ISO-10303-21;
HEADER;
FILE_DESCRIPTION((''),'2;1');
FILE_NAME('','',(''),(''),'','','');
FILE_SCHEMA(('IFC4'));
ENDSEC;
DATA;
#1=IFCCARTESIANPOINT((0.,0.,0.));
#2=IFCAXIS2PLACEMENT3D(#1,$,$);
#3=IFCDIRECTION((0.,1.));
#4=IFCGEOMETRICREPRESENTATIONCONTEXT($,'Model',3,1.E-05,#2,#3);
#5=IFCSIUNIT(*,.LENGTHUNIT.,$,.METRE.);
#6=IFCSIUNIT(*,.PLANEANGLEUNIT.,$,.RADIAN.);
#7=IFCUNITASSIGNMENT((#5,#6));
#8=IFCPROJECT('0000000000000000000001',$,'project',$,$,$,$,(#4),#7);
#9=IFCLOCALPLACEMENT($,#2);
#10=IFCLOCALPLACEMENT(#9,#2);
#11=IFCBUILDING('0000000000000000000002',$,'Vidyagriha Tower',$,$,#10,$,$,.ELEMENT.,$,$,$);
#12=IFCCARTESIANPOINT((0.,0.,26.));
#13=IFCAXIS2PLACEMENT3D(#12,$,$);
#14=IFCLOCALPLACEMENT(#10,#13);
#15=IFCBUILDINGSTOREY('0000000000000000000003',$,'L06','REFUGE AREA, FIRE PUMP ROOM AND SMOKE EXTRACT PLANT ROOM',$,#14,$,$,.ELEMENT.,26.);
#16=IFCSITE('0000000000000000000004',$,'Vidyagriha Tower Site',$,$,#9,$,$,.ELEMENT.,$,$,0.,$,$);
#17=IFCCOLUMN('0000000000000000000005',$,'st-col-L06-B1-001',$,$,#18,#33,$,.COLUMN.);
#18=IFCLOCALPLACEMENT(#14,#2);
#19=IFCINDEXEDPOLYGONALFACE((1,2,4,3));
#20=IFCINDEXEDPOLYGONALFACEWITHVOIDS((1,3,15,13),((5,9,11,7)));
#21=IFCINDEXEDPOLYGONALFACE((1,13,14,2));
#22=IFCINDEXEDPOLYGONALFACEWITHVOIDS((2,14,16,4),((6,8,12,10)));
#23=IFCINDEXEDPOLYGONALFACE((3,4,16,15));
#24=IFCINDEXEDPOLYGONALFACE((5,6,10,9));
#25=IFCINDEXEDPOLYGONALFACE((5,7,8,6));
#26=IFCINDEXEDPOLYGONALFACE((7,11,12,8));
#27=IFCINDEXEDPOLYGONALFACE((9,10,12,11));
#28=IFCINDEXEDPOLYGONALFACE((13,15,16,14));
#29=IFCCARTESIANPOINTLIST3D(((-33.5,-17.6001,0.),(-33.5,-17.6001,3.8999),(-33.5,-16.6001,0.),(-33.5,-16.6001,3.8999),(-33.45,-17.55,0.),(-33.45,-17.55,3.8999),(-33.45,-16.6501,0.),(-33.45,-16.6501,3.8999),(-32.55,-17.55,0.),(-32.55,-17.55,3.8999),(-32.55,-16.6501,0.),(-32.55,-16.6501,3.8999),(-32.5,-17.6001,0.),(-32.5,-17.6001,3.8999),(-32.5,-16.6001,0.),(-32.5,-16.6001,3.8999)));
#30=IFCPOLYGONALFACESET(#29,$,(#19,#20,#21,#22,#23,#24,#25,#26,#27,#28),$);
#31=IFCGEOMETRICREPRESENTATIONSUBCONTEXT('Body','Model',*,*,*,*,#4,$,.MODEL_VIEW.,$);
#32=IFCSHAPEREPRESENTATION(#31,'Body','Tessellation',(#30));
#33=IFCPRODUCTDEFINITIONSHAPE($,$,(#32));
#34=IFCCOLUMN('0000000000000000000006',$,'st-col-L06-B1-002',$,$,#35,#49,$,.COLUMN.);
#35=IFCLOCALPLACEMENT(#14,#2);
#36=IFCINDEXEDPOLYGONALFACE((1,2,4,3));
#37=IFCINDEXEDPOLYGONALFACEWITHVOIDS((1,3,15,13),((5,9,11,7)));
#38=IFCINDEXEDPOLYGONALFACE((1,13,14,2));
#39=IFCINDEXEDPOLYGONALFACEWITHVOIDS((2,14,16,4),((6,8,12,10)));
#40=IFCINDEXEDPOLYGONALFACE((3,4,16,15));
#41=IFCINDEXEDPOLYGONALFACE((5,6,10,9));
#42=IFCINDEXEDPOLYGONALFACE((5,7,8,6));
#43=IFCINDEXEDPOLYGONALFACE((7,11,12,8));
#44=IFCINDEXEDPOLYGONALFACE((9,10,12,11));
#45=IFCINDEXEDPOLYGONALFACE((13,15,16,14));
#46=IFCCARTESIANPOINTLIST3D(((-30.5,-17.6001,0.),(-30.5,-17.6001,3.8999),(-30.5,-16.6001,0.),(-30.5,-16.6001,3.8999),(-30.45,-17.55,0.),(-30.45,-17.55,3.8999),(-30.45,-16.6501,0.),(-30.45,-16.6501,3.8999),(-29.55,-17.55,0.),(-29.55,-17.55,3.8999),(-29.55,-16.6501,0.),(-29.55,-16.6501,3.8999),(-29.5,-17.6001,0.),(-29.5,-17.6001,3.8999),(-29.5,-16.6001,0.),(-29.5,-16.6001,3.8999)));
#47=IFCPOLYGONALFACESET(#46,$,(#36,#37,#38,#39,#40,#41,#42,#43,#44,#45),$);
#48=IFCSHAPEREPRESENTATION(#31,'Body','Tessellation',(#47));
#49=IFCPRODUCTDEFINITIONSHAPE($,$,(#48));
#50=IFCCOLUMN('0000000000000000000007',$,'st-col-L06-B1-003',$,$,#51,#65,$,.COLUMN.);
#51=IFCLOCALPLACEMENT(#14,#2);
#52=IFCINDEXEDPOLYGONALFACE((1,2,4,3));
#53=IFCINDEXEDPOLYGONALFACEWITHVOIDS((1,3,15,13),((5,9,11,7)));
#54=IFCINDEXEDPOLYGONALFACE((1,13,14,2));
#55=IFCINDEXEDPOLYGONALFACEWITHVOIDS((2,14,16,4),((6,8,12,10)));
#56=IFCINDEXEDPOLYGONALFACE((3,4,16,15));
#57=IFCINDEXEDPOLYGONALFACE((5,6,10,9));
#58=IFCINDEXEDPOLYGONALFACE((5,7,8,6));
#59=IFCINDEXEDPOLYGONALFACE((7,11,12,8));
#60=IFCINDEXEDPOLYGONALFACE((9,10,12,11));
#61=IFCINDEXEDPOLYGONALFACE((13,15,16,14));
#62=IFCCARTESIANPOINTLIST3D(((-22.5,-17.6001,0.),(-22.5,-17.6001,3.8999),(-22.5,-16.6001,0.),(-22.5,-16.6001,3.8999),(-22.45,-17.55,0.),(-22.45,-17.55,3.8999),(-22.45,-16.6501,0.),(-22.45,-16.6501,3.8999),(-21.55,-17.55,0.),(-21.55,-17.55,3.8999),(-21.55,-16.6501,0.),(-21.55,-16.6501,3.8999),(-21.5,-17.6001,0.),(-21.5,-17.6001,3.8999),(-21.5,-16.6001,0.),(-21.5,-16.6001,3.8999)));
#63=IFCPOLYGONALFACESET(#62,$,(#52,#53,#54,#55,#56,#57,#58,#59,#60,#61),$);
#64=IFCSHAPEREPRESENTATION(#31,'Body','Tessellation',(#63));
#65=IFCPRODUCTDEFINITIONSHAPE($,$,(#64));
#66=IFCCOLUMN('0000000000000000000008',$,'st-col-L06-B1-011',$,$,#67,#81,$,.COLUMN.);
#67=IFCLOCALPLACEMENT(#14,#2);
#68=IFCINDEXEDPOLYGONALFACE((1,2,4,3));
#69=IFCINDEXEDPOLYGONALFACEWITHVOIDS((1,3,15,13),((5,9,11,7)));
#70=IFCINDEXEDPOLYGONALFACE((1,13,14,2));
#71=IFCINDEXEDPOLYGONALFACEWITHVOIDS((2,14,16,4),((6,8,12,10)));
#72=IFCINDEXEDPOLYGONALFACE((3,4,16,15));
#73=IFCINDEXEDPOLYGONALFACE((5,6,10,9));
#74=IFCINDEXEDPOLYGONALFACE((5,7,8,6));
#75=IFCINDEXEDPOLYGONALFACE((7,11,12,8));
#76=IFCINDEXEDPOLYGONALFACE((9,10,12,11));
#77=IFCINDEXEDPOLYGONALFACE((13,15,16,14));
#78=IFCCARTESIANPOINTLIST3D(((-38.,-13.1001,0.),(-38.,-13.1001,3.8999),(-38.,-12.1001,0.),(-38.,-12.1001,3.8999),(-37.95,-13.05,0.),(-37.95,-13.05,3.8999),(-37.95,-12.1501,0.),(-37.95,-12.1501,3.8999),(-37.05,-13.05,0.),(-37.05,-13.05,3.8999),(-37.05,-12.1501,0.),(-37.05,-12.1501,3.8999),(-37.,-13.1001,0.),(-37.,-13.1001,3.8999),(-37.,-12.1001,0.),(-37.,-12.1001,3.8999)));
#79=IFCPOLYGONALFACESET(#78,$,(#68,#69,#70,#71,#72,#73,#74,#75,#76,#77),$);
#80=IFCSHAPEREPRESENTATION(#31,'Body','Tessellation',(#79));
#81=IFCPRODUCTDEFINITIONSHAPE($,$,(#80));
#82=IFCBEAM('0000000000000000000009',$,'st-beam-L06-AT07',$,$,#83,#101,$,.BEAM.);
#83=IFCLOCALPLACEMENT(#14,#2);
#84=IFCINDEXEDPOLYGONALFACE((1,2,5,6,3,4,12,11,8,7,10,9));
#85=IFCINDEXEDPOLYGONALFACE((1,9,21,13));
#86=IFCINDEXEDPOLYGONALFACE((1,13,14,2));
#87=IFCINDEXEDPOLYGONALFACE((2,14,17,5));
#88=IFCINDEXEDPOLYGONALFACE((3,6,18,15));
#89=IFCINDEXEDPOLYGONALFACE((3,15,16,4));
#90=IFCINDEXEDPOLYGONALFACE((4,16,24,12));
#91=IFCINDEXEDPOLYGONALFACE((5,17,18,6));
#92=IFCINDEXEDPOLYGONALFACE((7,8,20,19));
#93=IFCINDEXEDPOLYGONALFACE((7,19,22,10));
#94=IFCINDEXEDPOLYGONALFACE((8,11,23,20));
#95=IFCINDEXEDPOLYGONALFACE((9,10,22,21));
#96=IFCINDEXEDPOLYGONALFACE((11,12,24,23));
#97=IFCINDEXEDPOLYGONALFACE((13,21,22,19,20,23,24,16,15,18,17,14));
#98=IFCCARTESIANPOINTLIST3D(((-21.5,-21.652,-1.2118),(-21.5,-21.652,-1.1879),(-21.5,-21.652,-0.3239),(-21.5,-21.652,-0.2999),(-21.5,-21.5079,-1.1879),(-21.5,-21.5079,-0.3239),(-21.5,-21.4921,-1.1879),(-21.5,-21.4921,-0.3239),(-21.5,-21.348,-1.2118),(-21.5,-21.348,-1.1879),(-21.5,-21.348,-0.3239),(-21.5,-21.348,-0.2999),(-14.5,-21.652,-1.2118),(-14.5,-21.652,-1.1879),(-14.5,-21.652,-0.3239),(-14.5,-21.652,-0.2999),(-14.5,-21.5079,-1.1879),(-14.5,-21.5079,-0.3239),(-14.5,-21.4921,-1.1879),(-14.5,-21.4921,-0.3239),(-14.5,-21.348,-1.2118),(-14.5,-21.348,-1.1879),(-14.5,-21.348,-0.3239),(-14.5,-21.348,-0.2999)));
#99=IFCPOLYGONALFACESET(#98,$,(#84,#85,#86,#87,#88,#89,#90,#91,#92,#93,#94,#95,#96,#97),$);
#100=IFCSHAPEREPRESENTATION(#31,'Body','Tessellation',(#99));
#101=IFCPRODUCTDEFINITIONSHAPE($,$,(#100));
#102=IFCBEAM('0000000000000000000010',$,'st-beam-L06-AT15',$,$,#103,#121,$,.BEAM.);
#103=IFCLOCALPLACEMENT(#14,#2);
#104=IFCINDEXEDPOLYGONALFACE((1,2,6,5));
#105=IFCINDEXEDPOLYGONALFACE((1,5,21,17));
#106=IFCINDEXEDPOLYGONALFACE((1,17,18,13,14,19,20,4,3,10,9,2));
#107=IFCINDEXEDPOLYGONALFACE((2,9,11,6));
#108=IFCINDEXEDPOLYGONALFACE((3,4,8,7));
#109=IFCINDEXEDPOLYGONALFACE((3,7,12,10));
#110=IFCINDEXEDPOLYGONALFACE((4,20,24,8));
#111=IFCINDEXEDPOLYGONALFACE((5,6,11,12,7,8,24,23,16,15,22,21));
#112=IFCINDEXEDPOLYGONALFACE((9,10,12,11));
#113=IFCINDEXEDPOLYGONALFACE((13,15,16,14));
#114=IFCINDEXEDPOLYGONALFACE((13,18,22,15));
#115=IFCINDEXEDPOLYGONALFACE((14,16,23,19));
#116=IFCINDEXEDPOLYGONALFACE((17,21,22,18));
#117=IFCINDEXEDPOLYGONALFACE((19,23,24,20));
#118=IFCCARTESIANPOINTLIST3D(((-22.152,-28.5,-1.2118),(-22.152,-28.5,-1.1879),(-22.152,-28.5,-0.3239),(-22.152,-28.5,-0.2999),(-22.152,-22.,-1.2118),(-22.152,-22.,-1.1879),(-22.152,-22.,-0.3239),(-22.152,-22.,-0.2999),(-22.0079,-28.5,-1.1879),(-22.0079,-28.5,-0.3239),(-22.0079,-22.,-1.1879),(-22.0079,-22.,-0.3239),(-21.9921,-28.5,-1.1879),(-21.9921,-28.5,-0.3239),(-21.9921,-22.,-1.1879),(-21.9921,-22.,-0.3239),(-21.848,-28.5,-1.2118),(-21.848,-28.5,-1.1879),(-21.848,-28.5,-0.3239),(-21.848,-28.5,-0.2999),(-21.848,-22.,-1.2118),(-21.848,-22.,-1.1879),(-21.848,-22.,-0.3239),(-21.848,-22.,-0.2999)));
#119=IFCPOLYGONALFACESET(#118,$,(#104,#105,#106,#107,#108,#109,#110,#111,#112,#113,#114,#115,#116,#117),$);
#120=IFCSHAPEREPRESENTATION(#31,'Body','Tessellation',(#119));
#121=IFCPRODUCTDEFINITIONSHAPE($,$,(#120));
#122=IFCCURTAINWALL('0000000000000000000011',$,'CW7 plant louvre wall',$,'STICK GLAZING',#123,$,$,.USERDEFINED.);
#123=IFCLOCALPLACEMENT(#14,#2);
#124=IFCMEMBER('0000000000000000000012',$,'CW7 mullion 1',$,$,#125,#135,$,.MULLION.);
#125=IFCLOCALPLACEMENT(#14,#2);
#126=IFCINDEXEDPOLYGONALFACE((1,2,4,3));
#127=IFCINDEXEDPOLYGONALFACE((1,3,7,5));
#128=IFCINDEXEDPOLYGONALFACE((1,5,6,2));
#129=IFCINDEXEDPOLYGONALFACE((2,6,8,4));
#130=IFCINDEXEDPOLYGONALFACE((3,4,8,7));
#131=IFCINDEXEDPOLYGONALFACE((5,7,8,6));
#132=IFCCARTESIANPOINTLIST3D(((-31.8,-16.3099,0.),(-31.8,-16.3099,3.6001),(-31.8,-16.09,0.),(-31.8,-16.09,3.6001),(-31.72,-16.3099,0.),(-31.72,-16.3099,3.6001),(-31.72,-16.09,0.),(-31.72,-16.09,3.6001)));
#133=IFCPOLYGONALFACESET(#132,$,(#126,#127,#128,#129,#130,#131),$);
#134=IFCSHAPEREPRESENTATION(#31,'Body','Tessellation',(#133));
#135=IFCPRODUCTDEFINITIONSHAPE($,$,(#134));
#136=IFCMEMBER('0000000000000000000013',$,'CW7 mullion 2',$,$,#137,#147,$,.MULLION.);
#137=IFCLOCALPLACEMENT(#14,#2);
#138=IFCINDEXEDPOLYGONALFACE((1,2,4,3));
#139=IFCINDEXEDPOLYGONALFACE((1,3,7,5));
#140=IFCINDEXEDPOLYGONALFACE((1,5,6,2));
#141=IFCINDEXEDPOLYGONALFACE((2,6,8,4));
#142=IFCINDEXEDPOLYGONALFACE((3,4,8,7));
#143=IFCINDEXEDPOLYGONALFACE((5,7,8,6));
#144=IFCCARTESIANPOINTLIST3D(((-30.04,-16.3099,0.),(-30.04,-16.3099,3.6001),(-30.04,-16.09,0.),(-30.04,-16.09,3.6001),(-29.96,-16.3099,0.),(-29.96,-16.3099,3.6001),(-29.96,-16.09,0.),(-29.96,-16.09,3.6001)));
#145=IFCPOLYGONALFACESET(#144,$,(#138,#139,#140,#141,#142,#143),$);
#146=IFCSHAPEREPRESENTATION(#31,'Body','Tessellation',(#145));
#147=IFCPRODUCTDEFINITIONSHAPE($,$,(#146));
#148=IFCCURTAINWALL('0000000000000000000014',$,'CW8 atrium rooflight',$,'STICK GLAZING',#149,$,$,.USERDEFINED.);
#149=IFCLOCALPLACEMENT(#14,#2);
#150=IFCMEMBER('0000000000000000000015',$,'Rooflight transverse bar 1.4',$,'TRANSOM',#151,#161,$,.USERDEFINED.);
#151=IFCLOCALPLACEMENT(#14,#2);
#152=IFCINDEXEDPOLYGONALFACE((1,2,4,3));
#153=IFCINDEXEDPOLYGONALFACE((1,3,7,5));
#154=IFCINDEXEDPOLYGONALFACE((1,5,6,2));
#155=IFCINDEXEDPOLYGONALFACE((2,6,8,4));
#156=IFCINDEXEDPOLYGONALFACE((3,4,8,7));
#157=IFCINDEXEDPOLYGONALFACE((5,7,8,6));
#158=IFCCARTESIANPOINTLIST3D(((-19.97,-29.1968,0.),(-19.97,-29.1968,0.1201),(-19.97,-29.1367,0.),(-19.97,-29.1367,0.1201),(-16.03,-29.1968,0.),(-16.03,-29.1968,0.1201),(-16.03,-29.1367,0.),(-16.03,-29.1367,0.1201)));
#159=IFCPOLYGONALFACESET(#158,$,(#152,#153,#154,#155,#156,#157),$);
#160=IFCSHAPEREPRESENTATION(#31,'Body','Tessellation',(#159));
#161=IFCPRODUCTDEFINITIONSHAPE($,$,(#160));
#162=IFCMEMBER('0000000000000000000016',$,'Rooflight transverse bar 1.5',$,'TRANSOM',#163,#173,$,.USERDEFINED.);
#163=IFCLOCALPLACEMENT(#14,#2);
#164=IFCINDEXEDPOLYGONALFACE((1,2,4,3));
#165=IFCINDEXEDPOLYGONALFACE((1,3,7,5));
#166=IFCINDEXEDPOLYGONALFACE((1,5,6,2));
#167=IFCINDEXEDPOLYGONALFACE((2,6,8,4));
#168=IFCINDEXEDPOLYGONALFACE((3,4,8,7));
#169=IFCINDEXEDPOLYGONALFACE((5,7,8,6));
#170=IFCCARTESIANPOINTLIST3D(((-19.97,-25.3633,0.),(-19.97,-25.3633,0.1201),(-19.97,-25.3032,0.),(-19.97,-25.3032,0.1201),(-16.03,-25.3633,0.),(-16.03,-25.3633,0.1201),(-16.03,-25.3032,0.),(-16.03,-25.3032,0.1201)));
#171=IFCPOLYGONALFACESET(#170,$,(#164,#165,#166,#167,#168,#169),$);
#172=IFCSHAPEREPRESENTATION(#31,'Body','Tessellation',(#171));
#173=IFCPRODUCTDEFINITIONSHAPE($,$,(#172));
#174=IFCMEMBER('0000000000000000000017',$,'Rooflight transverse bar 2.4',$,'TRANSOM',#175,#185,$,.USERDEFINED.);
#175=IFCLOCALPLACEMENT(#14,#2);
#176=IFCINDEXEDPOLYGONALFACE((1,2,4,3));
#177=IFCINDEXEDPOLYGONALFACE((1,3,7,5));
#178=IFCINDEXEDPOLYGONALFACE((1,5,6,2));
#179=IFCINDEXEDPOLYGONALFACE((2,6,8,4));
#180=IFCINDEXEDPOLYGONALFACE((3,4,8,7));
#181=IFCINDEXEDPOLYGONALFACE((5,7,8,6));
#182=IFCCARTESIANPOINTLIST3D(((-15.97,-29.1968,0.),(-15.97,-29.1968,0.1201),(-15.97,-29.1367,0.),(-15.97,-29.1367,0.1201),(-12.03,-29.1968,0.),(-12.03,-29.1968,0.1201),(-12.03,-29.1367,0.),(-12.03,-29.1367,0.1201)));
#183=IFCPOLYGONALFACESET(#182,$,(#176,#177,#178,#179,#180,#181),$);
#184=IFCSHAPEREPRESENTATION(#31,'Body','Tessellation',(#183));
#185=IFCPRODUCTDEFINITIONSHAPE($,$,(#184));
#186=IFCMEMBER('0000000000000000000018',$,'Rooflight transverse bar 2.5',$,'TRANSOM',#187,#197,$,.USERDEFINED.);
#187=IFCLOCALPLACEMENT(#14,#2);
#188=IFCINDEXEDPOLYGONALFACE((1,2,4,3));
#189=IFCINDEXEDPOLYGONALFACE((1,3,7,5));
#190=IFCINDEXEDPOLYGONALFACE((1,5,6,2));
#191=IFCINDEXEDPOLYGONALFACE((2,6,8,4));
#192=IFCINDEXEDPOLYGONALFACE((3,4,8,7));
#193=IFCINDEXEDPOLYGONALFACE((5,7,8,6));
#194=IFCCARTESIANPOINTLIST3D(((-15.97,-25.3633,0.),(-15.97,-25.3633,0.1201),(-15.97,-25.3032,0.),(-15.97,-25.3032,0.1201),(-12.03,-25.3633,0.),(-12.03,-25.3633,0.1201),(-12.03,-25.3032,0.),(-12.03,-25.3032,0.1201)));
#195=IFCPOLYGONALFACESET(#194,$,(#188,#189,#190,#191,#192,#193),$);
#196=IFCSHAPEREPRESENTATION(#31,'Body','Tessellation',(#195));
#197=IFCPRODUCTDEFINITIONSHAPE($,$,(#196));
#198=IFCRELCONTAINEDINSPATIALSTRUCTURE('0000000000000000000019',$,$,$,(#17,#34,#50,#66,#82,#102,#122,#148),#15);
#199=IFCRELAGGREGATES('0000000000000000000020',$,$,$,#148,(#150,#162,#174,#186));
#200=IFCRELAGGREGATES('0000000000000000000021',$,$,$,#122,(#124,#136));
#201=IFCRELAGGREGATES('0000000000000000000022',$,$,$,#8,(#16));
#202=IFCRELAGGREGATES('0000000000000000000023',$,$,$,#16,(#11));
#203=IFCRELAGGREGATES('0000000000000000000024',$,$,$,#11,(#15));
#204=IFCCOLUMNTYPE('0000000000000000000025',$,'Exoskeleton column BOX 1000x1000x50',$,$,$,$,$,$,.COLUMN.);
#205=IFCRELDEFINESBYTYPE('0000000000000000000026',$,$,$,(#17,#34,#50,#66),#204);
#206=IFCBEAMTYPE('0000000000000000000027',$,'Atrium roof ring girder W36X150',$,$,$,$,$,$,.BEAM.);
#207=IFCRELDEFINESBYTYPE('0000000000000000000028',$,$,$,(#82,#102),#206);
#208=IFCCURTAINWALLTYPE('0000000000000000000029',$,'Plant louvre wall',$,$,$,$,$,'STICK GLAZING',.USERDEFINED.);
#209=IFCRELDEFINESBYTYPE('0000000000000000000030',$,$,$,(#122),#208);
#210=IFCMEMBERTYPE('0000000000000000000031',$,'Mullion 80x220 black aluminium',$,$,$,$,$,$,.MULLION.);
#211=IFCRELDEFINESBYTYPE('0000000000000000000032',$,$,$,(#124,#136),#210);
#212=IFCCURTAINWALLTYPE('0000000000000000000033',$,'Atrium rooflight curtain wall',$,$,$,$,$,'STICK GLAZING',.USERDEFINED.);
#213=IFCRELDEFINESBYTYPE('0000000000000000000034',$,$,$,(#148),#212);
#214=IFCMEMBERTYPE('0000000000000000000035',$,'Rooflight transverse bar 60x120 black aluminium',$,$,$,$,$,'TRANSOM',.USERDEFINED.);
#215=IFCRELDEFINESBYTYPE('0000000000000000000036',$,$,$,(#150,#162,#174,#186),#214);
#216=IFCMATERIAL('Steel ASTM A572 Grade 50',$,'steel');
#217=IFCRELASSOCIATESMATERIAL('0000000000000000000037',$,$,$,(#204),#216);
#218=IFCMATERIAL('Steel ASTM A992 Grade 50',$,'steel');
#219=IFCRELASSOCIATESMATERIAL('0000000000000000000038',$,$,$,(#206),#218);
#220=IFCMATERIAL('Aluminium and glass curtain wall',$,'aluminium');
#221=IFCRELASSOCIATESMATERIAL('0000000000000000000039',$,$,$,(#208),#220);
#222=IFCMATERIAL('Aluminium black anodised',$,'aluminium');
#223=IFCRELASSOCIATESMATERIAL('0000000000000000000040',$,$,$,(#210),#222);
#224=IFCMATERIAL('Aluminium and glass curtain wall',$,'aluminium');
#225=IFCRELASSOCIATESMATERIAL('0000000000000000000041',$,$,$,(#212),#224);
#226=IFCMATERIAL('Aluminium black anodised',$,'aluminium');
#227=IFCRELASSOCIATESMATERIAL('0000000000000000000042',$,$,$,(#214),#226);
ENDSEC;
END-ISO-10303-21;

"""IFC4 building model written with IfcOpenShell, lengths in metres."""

from ifc_helpers import new_model, si_unit, direction, frame, origin, origin_2d, place, context, subcontext, project, spatial, rectangle, hollow_rectangle, i_section, extrude, material, material_profile, profile_set, type_object, element, aggregate, save


model = new_model("IFC4")

# Units and contexts
model_context = context("Model", 3, precision=1e-05, world=origin(), true_north=direction((0.0, 1.0)))
body_context = subcontext(model_context, "Body", "Model", "MODEL_VIEW")
ifc_project = project(units=[si_unit("LENGTHUNIT", "METRE"), si_unit("PLANEANGLEUNIT", "RADIAN")], contexts=[model_context])

# Site, building, storey
site_placement = place(None, origin())
site = spatial("IfcSite", under=ifc_project, at=site_placement, Name="Vidyagriha Tower Site", CompositionType="ELEMENT", RefElevation=0.0)
building_placement = place(site_placement, origin())
building = spatial("IfcBuilding", under=site, at=building_placement, Name="Vidyagriha Tower", CompositionType="ELEMENT")
storey_placement = place(building_placement, frame((0.0, 0.0, 26.0)))
storey = spatial("IfcBuildingStorey", under=building, at=storey_placement, Name="L06", Description="REFUGE AREA, FIRE PUMP ROOM AND SMOKE EXTRACT PLANT ROOM", CompositionType="ELEMENT", Elevation=26.0)

# Columns
ifc_material_1 = material(Name="Steel ASTM A572 Grade 50", Category="steel")
ifc_material_profile_1 = material_profile(ifc_material_1, hollow_rectangle(XDim=1.0, YDim=1.0, WallThickness=0.05, at=origin_2d()), Name="BOX 1000x1000x50")
ifc_profile_set_1 = profile_set([ifc_material_profile_1], Name="Steel ASTM A572 Grade 50")
column_type = type_object("IfcColumnType", Name="Exoskeleton column BOX 1000x1000x50", PredefinedType="COLUMN", material=ifc_profile_set_1)
for number, where, name in (
    (1, (-33.0, -17.1001, 0.0), "st-col-L06-B1-001"),
    (2, (-30.0, -17.1001, 0.0), "st-col-L06-B1-002"),
    (3, (-22.0, -17.1001, 0.0), "st-col-L06-B1-003"),
    (4, (-37.5, -12.6001, 0.0), "st-col-L06-B1-011"),
):
    element("IfcColumn", number, at=place(storey_placement, frame(where)), inside=storey, type_object=column_type, Name=name, PredefinedType="COLUMN", context=body_context, shape_type="SweptSolid", body=[
        extrude(hollow_rectangle(XDim=1.0, YDim=1.0, WallThickness=0.05, at=origin_2d()), origin(), (0.0, 0.0, 1.0), 3.8999),
    ])

# Beams
ifc_material_2 = material(Name="Steel ASTM A992 Grade 50", Category="steel")
ifc_material_profile_2 = material_profile(ifc_material_2, i_section(OverallWidth=0.304, OverallDepth=0.9119, WebThickness=0.0159, FlangeThickness=0.0239, at=origin_2d()), Name="W36X150")
ifc_profile_set_2 = profile_set([ifc_material_profile_2], Name="Steel ASTM A992 Grade 50")
beam_type = type_object("IfcBeamType", Name="Atrium roof ring girder W36X150", PredefinedType="BEAM", material=ifc_profile_set_2)
beam_1_placement = place(storey_placement, frame((-21.5, -21.5, -0.7559), z_axis=(1.0, 0.0, 0.0), x_axis=(0.0, 1.0, 0.0)))
element("IfcBeam", 5, at=beam_1_placement, inside=storey, type_object=beam_type, Name="st-beam-L06-AT07", PredefinedType="BEAM", context=body_context, shape_type="SweptSolid", body=[
    extrude(i_section(OverallWidth=0.304, OverallDepth=0.9119, WebThickness=0.0159, FlangeThickness=0.0239, at=origin_2d()), origin(), (0.0, 0.0, 1.0), 7.0),
])
beam_2_placement = place(storey_placement, frame((-22.0, -28.5, -0.7559), z_axis=(0.0, 1.0, 0.0), x_axis=(-1.0, 0.0, 0.0)))
element("IfcBeam", 6, at=beam_2_placement, inside=storey, type_object=beam_type, Name="st-beam-L06-AT15", PredefinedType="BEAM", context=body_context, shape_type="SweptSolid", body=[
    extrude(i_section(OverallWidth=0.304, OverallDepth=0.9119, WebThickness=0.0159, FlangeThickness=0.0239, at=origin_2d()), origin(), (0.0, 0.0, 1.0), 6.5),
])

# Curtain walls, members
ifc_material_3 = material(Name="Aluminium and glass curtain wall", Category="aluminium")
curtain_wall_type_1 = type_object("IfcCurtainWallType", Name="Plant louvre wall", ElementType="STICK GLAZING", PredefinedType="USERDEFINED", material=ifc_material_3)
curtain_wall_1_placement = place(storey_placement, origin())
curtain_wall_1 = element("IfcCurtainWall", 7, at=curtain_wall_1_placement, inside=storey, type_object=curtain_wall_type_1, Name="CW7 plant louvre wall", ObjectType="STICK GLAZING", PredefinedType="USERDEFINED")
ifc_material_4 = material(Name="Aluminium black anodised", Category="aluminium")
ifc_material_profile_3 = material_profile(ifc_material_4, rectangle(XDim=0.22, YDim=0.0801, at=origin_2d()), Name="Mullion 80x220 black aluminium")
ifc_profile_set_3 = profile_set([ifc_material_profile_3], Name="Aluminium black anodised")
member_type_1 = type_object("IfcMemberType", Name="Mullion 80x220 black aluminium", PredefinedType="MULLION", material=ifc_profile_set_3)
member_1_placement = place(storey_placement, frame((-31.76, -16.2, 0.0), z_axis=(0.0, 0.0, 1.0), x_axis=(0.0, 1.0, 0.0)))
member_1 = element("IfcMember", 8, at=member_1_placement, type_object=member_type_1, Name="CW7 mullion 1", PredefinedType="MULLION", context=body_context, shape_type="SweptSolid", body=[
    extrude(rectangle(XDim=0.22, YDim=0.0801, at=origin_2d()), origin(), (0.0, 0.0, 1.0), 3.6001),
])
member_2_placement = place(storey_placement, frame((-30.0, -16.2, 0.0), z_axis=(0.0, 0.0, 1.0), x_axis=(0.0, 1.0, 0.0)))
member_2 = element("IfcMember", 9, at=member_2_placement, type_object=member_type_1, Name="CW7 mullion 2", PredefinedType="MULLION", context=body_context, shape_type="SweptSolid", body=[
    extrude(rectangle(XDim=0.22, YDim=0.0801, at=origin_2d()), origin(), (0.0, 0.0, 1.0), 3.6001),
])
ifc_material_5 = material(Name="Aluminium and glass curtain wall", Category="aluminium")
curtain_wall_type_2 = type_object("IfcCurtainWallType", Name="Atrium rooflight curtain wall", ElementType="STICK GLAZING", PredefinedType="USERDEFINED", material=ifc_material_5)
curtain_wall_2_placement = place(storey_placement, origin())
curtain_wall_2 = element("IfcCurtainWall", 10, at=curtain_wall_2_placement, inside=storey, type_object=curtain_wall_type_2, Name="CW8 atrium rooflight", ObjectType="STICK GLAZING", PredefinedType="USERDEFINED")
ifc_material_6 = material(Name="Aluminium black anodised", Category="aluminium")
ifc_material_profile_4 = material_profile(ifc_material_6, rectangle(XDim=0.0601, YDim=0.1201, at=origin_2d()), Name="Rooflight transverse bar 60x120 black aluminium")
ifc_profile_set_4 = profile_set([ifc_material_profile_4], Name="Aluminium black anodised")
member_type_2 = type_object("IfcMemberType", Name="Rooflight transverse bar 60x120 black aluminium", ElementType="TRANSOM", PredefinedType="USERDEFINED", material=ifc_profile_set_4)
member_3_placement = place(storey_placement, frame((-19.97, -29.1667, 0.0601), z_axis=(1.0, 0.0, 0.0), x_axis=(0.0, 1.0, 0.0)))
member_3 = element("IfcMember", 11, at=member_3_placement, type_object=member_type_2, Name="Rooflight transverse bar 1.4", ObjectType="TRANSOM", PredefinedType="USERDEFINED", context=body_context, shape_type="SweptSolid", body=[
    extrude(rectangle(XDim=0.0601, YDim=0.1201, at=origin_2d()), origin(), (0.0, 0.0, 1.0), 3.9399),
])
member_4_placement = place(storey_placement, frame((-19.97, -25.3333, 0.0601), z_axis=(1.0, 0.0, 0.0), x_axis=(0.0, 1.0, 0.0)))
member_4 = element("IfcMember", 12, at=member_4_placement, type_object=member_type_2, Name="Rooflight transverse bar 1.5", ObjectType="TRANSOM", PredefinedType="USERDEFINED", context=body_context, shape_type="SweptSolid", body=[
    extrude(rectangle(XDim=0.0601, YDim=0.1201, at=origin_2d()), origin(), (0.0, 0.0, 1.0), 3.9399),
])
member_5_placement = place(storey_placement, frame((-15.97, -29.1667, 0.0601), z_axis=(1.0, 0.0, 0.0), x_axis=(0.0, 1.0, 0.0)))
member_5 = element("IfcMember", 13, at=member_5_placement, type_object=member_type_2, Name="Rooflight transverse bar 2.4", ObjectType="TRANSOM", PredefinedType="USERDEFINED", context=body_context, shape_type="SweptSolid", body=[
    extrude(rectangle(XDim=0.0601, YDim=0.1201, at=origin_2d()), origin(), (0.0, 0.0, 1.0), 3.9399),
])
member_6_placement = place(storey_placement, frame((-15.97, -25.3333, 0.0601), z_axis=(1.0, 0.0, 0.0), x_axis=(0.0, 1.0, 0.0)))
member_6 = element("IfcMember", 14, at=member_6_placement, type_object=member_type_2, Name="Rooflight transverse bar 2.5", ObjectType="TRANSOM", PredefinedType="USERDEFINED", context=body_context, shape_type="SweptSolid", body=[
    extrude(rectangle(XDim=0.0601, YDim=0.1201, at=origin_2d()), origin(), (0.0, 0.0, 1.0), 3.9399),
])

aggregate(curtain_wall_2, [member_3, member_4, member_5, member_6])
aggregate(curtain_wall_1, [member_1, member_2])

save(model, "model.ifc")
